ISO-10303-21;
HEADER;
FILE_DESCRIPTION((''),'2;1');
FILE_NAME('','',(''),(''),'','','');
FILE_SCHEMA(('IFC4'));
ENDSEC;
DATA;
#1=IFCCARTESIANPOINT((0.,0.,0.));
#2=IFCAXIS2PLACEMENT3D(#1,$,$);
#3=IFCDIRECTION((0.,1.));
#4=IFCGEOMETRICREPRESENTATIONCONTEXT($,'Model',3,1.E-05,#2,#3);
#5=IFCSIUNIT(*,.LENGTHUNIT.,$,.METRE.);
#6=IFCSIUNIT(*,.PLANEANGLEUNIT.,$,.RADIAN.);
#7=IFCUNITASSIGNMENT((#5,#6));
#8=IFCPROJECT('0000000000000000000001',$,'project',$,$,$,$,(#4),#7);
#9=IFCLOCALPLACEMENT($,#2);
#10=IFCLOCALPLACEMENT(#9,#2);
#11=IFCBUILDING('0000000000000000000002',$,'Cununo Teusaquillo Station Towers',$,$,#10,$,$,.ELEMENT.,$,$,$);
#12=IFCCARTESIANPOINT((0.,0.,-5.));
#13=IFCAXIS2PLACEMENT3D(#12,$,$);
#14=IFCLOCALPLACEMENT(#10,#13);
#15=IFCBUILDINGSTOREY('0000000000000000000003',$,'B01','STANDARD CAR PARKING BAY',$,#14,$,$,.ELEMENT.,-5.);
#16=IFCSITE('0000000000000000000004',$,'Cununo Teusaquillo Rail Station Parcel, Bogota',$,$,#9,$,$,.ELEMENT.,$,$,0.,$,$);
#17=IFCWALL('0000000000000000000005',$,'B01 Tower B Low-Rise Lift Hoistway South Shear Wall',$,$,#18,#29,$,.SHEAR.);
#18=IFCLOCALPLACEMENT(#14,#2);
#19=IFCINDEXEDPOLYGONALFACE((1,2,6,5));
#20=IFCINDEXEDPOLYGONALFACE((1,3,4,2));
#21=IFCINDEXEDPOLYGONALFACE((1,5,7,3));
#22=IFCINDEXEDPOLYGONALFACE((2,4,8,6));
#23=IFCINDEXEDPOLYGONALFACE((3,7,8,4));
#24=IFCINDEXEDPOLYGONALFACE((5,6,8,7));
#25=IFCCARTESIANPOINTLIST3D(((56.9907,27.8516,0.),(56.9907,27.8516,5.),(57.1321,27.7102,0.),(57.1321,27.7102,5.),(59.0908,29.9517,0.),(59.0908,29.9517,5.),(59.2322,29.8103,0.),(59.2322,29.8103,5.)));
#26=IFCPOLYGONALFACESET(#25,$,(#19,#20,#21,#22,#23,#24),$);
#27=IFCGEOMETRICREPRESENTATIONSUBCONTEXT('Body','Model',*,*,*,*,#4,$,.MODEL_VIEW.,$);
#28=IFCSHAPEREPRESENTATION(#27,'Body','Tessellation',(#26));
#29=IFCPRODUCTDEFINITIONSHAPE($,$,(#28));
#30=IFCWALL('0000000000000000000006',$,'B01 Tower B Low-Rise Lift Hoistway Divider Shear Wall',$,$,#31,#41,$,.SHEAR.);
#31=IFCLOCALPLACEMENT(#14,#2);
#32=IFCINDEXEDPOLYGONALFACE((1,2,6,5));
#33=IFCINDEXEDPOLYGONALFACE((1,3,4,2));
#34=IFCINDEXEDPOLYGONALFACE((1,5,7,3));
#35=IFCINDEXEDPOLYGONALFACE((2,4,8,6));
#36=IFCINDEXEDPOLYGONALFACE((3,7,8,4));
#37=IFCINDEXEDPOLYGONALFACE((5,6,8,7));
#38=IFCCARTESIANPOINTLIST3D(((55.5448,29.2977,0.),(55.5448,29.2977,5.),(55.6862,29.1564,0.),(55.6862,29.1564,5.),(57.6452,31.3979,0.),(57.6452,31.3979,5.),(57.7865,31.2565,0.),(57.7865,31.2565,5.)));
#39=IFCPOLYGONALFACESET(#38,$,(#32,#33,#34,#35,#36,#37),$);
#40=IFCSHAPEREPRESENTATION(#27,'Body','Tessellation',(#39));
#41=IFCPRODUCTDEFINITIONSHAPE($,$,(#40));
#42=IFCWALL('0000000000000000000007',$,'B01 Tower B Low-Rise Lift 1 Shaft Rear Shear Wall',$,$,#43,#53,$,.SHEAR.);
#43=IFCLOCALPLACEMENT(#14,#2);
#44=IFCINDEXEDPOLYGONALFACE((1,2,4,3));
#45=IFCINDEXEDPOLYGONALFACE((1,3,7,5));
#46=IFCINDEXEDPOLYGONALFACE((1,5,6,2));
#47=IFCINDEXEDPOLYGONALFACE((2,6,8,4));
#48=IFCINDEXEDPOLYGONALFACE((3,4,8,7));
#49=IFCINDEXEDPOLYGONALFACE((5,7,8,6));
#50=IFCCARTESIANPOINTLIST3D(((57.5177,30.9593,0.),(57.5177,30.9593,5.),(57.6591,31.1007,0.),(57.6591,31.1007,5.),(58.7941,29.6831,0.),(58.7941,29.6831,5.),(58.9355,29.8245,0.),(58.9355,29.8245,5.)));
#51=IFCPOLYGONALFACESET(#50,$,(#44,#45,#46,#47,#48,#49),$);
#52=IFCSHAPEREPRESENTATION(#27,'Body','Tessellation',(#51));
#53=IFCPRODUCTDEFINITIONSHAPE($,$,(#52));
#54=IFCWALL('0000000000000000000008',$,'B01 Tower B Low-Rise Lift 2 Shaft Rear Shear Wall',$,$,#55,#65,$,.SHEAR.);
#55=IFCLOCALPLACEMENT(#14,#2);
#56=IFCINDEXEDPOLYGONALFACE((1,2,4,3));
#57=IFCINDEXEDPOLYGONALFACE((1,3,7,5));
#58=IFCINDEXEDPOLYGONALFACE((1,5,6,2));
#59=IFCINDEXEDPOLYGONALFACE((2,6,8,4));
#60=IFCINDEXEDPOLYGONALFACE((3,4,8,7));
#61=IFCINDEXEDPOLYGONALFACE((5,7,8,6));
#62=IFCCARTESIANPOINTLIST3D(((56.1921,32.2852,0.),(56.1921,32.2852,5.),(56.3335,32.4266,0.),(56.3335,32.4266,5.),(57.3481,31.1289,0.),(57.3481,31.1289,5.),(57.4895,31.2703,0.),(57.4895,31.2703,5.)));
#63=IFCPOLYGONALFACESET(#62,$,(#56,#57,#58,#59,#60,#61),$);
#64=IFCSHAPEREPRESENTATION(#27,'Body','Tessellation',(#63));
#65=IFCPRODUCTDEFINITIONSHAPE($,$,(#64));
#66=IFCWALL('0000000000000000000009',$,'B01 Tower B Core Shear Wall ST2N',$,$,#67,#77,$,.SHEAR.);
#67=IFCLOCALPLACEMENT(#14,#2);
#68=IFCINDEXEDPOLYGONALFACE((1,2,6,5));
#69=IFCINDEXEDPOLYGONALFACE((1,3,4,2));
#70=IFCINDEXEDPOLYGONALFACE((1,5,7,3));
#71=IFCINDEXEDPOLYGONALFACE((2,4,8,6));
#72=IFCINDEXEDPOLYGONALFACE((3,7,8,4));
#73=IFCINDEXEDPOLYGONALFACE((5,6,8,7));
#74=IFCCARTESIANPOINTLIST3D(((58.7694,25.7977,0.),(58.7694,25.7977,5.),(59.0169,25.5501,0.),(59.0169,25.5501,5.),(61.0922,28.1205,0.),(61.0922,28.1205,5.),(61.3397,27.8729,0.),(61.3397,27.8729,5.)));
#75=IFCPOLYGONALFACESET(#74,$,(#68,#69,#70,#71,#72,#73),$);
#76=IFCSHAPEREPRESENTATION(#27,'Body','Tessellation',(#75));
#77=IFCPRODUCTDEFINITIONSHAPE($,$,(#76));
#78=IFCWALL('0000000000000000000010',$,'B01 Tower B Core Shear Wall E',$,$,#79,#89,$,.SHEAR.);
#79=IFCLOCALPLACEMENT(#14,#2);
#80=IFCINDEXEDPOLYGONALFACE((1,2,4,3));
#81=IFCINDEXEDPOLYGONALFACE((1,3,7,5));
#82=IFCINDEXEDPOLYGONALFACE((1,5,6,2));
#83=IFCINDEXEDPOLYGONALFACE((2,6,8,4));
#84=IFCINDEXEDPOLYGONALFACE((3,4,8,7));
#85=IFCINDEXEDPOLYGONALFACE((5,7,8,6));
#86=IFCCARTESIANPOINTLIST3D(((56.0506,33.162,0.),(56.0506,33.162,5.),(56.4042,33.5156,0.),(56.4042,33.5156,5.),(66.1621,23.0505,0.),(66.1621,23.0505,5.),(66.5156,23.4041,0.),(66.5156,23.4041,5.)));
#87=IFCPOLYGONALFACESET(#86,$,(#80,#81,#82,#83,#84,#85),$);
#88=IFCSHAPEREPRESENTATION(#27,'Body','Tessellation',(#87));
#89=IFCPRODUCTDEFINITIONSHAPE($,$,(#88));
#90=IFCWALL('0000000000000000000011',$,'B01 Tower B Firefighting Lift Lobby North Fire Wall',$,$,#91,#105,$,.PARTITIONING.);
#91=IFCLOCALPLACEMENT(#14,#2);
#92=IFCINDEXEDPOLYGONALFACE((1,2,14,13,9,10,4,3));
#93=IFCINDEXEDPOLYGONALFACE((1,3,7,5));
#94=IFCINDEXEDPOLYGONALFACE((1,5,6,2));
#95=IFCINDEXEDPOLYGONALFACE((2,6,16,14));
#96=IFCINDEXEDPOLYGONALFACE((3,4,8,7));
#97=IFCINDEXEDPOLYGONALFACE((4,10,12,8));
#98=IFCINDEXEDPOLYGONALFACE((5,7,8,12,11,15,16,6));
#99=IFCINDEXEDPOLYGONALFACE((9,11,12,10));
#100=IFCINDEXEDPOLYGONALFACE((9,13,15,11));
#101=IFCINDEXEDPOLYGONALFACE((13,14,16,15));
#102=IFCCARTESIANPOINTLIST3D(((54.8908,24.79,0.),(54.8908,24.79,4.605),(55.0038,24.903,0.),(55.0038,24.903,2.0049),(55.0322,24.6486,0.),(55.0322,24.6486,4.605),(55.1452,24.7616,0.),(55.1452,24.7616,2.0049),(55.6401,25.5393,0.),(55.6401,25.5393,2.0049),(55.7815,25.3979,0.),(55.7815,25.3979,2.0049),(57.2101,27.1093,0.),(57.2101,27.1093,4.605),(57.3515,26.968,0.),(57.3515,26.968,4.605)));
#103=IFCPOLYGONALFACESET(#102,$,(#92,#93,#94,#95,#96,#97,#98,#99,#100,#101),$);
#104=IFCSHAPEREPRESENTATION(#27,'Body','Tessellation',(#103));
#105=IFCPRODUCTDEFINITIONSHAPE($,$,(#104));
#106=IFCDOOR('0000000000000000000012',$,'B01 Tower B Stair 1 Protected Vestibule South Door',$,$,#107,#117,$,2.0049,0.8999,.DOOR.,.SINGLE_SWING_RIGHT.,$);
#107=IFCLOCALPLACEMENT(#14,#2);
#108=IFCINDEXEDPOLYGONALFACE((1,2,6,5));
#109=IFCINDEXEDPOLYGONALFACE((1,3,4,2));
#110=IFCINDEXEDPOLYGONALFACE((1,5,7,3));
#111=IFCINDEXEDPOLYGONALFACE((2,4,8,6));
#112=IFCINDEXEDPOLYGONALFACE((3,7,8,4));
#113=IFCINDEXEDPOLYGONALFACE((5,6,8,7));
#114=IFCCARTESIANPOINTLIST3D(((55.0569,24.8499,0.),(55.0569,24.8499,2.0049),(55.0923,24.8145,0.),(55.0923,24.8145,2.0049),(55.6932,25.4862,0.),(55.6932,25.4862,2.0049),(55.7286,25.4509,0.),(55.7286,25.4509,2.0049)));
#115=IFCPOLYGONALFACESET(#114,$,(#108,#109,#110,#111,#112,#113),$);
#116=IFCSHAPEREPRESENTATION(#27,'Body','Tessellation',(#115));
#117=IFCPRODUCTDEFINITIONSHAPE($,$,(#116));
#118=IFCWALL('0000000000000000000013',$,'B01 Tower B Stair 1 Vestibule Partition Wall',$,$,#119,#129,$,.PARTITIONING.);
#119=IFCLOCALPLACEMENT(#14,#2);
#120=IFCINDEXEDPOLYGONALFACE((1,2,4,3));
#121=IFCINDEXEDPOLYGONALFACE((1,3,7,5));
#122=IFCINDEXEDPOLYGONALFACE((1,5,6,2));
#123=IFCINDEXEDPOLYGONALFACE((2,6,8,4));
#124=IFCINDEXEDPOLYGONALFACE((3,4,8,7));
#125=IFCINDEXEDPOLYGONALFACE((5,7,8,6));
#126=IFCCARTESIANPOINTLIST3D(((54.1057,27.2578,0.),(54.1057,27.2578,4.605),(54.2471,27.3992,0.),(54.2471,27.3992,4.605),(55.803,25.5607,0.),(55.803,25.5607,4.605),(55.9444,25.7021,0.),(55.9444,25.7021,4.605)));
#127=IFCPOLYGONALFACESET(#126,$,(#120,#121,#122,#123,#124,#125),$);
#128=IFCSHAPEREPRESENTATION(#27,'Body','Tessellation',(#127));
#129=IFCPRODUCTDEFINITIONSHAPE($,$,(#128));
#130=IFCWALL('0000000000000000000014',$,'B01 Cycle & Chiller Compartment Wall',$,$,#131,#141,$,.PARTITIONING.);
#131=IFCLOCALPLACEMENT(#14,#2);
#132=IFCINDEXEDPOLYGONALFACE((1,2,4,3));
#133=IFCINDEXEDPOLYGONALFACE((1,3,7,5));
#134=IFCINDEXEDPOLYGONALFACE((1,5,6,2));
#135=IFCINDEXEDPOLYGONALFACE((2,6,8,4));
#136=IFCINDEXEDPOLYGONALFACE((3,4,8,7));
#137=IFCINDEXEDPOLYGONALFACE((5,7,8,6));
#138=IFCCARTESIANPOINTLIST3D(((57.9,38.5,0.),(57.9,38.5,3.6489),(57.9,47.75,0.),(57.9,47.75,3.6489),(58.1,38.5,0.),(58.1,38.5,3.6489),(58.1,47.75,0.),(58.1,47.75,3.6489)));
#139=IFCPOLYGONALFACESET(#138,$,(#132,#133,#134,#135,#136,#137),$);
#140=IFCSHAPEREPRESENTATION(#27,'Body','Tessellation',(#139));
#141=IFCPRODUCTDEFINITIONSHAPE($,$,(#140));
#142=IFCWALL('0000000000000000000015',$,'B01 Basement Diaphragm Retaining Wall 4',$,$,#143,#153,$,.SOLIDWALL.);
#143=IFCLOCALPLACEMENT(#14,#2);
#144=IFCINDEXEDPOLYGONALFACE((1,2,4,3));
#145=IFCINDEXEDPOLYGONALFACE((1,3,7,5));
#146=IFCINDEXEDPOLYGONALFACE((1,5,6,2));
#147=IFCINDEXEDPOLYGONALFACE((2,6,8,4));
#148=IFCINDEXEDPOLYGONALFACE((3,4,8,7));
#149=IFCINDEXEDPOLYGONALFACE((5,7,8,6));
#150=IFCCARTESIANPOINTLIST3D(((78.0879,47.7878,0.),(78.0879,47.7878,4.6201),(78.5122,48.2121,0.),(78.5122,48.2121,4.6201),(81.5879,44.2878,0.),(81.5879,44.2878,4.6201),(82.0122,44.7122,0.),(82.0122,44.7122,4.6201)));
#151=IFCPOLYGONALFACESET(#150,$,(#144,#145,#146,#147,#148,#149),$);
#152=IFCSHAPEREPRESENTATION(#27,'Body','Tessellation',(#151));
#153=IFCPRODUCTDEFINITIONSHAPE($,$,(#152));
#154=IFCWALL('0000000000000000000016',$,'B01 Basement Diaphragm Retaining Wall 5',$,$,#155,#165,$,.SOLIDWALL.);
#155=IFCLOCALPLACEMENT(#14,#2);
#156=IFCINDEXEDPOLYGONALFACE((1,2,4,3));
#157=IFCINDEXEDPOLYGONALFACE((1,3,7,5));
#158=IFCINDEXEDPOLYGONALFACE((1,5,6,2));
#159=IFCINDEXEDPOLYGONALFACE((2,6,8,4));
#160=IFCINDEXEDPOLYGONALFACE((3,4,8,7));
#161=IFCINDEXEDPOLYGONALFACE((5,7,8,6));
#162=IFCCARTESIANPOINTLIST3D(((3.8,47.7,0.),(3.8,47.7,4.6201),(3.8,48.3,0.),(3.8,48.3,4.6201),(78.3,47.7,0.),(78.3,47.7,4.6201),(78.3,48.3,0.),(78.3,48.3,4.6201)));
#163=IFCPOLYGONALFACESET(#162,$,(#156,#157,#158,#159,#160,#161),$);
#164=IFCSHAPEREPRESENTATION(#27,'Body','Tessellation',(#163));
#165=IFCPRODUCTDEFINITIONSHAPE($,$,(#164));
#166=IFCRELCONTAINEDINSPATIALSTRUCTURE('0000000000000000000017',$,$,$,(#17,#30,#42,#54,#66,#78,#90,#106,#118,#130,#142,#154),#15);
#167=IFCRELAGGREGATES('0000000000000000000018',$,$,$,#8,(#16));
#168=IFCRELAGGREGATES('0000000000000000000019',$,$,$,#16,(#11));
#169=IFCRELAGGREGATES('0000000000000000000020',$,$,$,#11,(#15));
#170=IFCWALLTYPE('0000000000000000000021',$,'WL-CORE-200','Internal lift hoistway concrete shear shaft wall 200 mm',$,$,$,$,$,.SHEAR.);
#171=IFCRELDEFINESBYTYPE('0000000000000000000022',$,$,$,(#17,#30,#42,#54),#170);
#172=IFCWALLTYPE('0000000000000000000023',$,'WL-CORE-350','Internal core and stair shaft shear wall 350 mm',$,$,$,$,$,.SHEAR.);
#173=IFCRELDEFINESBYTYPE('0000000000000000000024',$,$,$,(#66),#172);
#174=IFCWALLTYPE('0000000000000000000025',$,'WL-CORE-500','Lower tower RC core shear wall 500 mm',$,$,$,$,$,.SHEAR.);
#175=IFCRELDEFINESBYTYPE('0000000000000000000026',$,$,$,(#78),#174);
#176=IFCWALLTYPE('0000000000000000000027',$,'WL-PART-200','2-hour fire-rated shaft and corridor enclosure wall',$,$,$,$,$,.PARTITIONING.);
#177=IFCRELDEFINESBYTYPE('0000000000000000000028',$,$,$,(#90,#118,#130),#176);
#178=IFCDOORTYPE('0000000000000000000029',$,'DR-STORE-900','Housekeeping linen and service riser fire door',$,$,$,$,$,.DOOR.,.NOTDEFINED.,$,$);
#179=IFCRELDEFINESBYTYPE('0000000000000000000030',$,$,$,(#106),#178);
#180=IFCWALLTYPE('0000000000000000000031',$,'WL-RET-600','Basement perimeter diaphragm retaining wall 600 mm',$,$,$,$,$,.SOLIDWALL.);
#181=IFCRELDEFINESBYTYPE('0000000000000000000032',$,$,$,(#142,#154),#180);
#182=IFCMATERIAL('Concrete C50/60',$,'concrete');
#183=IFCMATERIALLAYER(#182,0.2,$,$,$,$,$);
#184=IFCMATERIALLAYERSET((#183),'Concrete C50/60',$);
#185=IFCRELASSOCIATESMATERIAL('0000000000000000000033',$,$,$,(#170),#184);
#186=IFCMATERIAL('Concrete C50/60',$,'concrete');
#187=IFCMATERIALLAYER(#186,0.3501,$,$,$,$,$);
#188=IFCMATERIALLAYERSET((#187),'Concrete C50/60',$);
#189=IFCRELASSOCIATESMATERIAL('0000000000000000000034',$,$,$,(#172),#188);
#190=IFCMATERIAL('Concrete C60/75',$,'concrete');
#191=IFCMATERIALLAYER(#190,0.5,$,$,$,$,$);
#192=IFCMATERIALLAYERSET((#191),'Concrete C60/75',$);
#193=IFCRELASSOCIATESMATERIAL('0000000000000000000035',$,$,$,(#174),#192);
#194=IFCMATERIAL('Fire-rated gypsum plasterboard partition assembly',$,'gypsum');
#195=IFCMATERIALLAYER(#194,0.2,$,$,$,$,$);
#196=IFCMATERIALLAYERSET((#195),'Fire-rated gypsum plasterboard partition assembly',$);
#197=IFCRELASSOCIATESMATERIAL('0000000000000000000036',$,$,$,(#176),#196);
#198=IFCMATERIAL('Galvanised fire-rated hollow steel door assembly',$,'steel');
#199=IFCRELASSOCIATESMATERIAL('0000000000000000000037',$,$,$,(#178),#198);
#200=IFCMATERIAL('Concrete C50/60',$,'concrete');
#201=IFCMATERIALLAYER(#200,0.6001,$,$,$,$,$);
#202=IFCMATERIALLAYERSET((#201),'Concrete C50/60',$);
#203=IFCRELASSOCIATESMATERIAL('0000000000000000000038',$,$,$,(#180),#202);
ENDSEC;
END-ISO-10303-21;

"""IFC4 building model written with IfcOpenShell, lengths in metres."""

from ifc_helpers import new_model, si_unit, direction, frame, frame_2d, origin, place, context, subcontext, project, spatial, rectangle, extrude, source, transform, mapped, material, layer, layer_set, type_object, element, fill, save


model = new_model("IFC4")

# Units and contexts
model_context = context("Model", 3, precision=1e-05, world=origin(), true_north=direction((0.0, 1.0)))
body_context = subcontext(model_context, "Body", "Model", "MODEL_VIEW")
ifc_project = project(units=[si_unit("LENGTHUNIT", "METRE"), si_unit("PLANEANGLEUNIT", "RADIAN")], contexts=[model_context])

# Site, building, storey
site_placement = place(None, origin())
site = spatial("IfcSite", under=ifc_project, at=site_placement, Name="Cununo Teusaquillo Rail Station Parcel, Bogota", CompositionType="ELEMENT", RefElevation=0.0)
building_placement = place(site_placement, origin())
building = spatial("IfcBuilding", under=site, at=building_placement, Name="Cununo Teusaquillo Station Towers", CompositionType="ELEMENT")
storey_placement = place(building_placement, frame((0.0, 0.0, -5.0)))
storey = spatial("IfcBuildingStorey", under=building, at=storey_placement, Name="B01", Description="STANDARD CAR PARKING BAY", CompositionType="ELEMENT", Elevation=-5.0)

# Walls
ifc_material_1 = material(Name="Concrete C50/60", Category="concrete")
ifc_layer_1 = layer(ifc_material_1, 0.2)
ifc_layer_set_1 = layer_set([ifc_layer_1], Name="Concrete C50/60")
wall_type_1 = type_object("IfcWallType", Name="WL-CORE-200", Description="Internal lift hoistway concrete shear shaft wall 200 mm", PredefinedType="SHEAR", material=ifc_layer_set_1)
wall_1_placement = place(storey_placement, frame((57.0615, 27.781, 0.0), z_axis=(0.0, 0.0, 1.0), x_axis=(0.707107, 0.707107, 0.0)))
element("IfcWall", 1, at=wall_1_placement, inside=storey, type_object=wall_type_1, Name="B01 Tower B Low-Rise Lift Hoistway South Shear Wall", PredefinedType="SHEAR", context=body_context, shape_type="SweptSolid", body=[
    extrude(rectangle(XDim=2.97, YDim=0.2, at=frame_2d((1.4849, 0.0))), origin(), (0.0, 0.0, 1.0), 5.0),
])
wall_2_placement = place(storey_placement, frame((55.6155, 29.2271, 0.0), z_axis=(0.0, 0.0, 1.0), x_axis=(0.707148, 0.707066, 0.0)))
element("IfcWall", 2, at=wall_2_placement, inside=storey, type_object=wall_type_1, Name="B01 Tower B Low-Rise Lift Hoistway Divider Shear Wall", PredefinedType="SHEAR", context=body_context, shape_type="SweptSolid", body=[
    extrude(rectangle(XDim=2.9702, YDim=0.2, at=frame_2d((1.4851, 0.0))), origin(), (0.0, 0.0, 1.0), 5.0),
])
wall_3_placement = place(storey_placement, frame((58.8647, 29.7539, 0.0), z_axis=(0.0, 0.0, 1.0), x_axis=(-0.707174, 0.707039, 0.0)))
element("IfcWall", 3, at=wall_3_placement, inside=storey, type_object=wall_type_1, Name="B01 Tower B Low-Rise Lift 1 Shaft Rear Shear Wall", PredefinedType="SHEAR", context=body_context, shape_type="SweptSolid", body=[
    extrude(rectangle(XDim=1.8049, YDim=0.2, at=frame_2d((0.9023, 0.0))), origin(), (0.0, 0.0, 1.0), 5.0),
])
wall_4_placement = place(storey_placement, frame((57.4187, 31.1997, 0.0), z_axis=(0.0, 0.0, 1.0), x_axis=(-0.707032, 0.707181, 0.0)))
element("IfcWall", 4, at=wall_4_placement, inside=storey, type_object=wall_type_1, Name="B01 Tower B Low-Rise Lift 2 Shaft Rear Shear Wall", PredefinedType="SHEAR", context=body_context, shape_type="SweptSolid", body=[
    extrude(rectangle(XDim=1.635, YDim=0.2, at=frame_2d((0.8174, 0.0))), origin(), (0.0, 0.0, 1.0), 5.0),
])
ifc_material_2 = material(Name="Concrete C50/60", Category="concrete")
ifc_layer_2 = layer(ifc_material_2, 0.3501)
ifc_layer_set_2 = layer_set([ifc_layer_2], Name="Concrete C50/60")
wall_type_2 = type_object("IfcWallType", Name="WL-CORE-350", Description="Internal core and stair shaft shear wall 350 mm", PredefinedType="SHEAR", material=ifc_layer_set_2)
wall_5_placement = place(storey_placement, frame((58.8931, 25.6738, 0.0), z_axis=(0.0, 0.0, 1.0), x_axis=(0.707107, 0.707107, 0.0)))
element("IfcWall", 5, at=wall_5_placement, inside=storey, type_object=wall_type_2, Name="B01 Tower B Core Shear Wall ST2N", PredefinedType="SHEAR", context=body_context, shape_type="SweptSolid", body=[
    extrude(rectangle(XDim=3.2849, YDim=0.3501, at=frame_2d((1.6426, 0.0))), origin(), (0.0, 0.0, 1.0), 5.0),
])
ifc_material_3 = material(Name="Concrete C60/75", Category="concrete")
ifc_layer_3 = layer(ifc_material_3, 0.5)
ifc_layer_set_3 = layer_set([ifc_layer_3], Name="Concrete C60/75")
wall_type_3 = type_object("IfcWallType", Name="WL-CORE-500", Description="Lower tower RC core shear wall 500 mm", PredefinedType="SHEAR", material=ifc_layer_set_3)
wall_6_placement = place(storey_placement, frame((66.3389, 23.2273, 0.0), z_axis=(0.0, 0.0, 1.0), x_axis=(-0.707107, 0.707107, 0.0)))
element("IfcWall", 6, at=wall_6_placement, inside=storey, type_object=wall_type_3, Name="B01 Tower B Core Shear Wall E", PredefinedType="SHEAR", context=body_context, shape_type="SweptSolid", body=[
    extrude(rectangle(XDim=14.2998, YDim=0.5, at=frame_2d((7.1499, 0.0))), origin(), (0.0, 0.0, 1.0), 5.0),
])

# Wall, opening, door
ifc_material_4 = material(Name="Fire-rated gypsum plasterboard partition assembly", Category="gypsum")
ifc_layer_4 = layer(ifc_material_4, 0.2)
ifc_layer_set_4 = layer_set([ifc_layer_4], Name="Fire-rated gypsum plasterboard partition assembly")
wall_type_4 = type_object("IfcWallType", Name="WL-PART-200", Description="2-hour fire-rated shaft and corridor enclosure wall", PredefinedType="PARTITIONING", material=ifc_layer_set_4)
wall_7_placement = place(storey_placement, frame((54.9614, 24.7192, 0.0), z_axis=(0.0, 0.0, 1.0), x_axis=(0.707107, 0.707107, 0.0)))
wall_7 = element("IfcWall", 7, at=wall_7_placement, inside=storey, type_object=wall_type_4, Name="B01 Tower B Firefighting Lift Lobby North Fire Wall", PredefinedType="PARTITIONING", context=body_context, shape_type="SweptSolid", body=[
    extrude(rectangle(XDim=3.28, YDim=0.2, at=frame_2d((1.6401, 0.0))), origin(), (0.0, 0.0, 1.0), 4.605),
])
shared_shape_1 = source(origin(), body_context, "Body", "SweptSolid", [
    extrude(rectangle(XDim=0.8999, YDim=2.0049, at=frame_2d((0.45, 1.0024))), frame((0.0, 0.1099, 0.0), z_axis=(0.0, -1.0, 0.0), x_axis=(1.0, 0.0, 0.0)), (0.0, 0.0, 1.0), 0.22),
])
opening_placement = place(wall_7_placement, frame((0.1599, 0.0, 0.0)))
opening = element("IfcOpeningElement", 8, at=opening_placement, cuts=wall_7, PredefinedType="OPENING", context=body_context, shape_type="MappedRepresentation", body=[
    mapped(shared_shape_1, transform((0.0, 0.0, 0.0), x_axis=(1.0, 0.0, 0.0), y_axis=(0.0, 1.0, 0.0), z_axis=(0.0, 0.0, 1.0), scale=1.0)),
])
ifc_material_5 = material(Name="Galvanised fire-rated hollow steel door assembly", Category="steel")
door_type = type_object("IfcDoorType", Name="DR-STORE-900", Description="Housekeeping linen and service riser fire door", OperationType="NOTDEFINED", PredefinedType="DOOR", material=ifc_material_5)
shared_shape_2 = source(origin(), body_context, "Body", "SweptSolid", [
    extrude(rectangle(XDim=0.8999, YDim=2.0049, at=frame_2d((0.45, 1.0024))), frame((0.0, 0.0249, 0.0), z_axis=(0.0, -1.0, 0.0), x_axis=(1.0, 0.0, 0.0)), (0.0, 0.0, 1.0), 0.05),
])
door_placement = place(opening_placement, origin())
door = element("IfcDoor", 9, at=door_placement, inside=storey, type_object=door_type, Name="B01 Tower B Stair 1 Protected Vestibule South Door", OperationType="SINGLE_SWING_RIGHT", OverallHeight=2.0049, OverallWidth=0.8999, PredefinedType="DOOR", context=body_context, shape_type="MappedRepresentation", body=[
    mapped(shared_shape_2, transform((0.0, 0.0, 0.0), x_axis=(1.0, 0.0, 0.0), y_axis=(0.0, 1.0, 0.0), z_axis=(0.0, 0.0, 1.0), scale=1.0)),
])
fill(opening, door)

# Walls
wall_8_placement = place(storey_placement, frame((55.8738, 25.6313, 0.0), z_axis=(0.0, 0.0, 1.0), x_axis=(-0.707158, 0.707056, 0.0)))
element("IfcWall", 10, at=wall_8_placement, inside=storey, type_object=wall_type_4, Name="B01 Tower B Stair 1 Vestibule Partition Wall", PredefinedType="PARTITIONING", context=body_context, shape_type="SweptSolid", body=[
    extrude(rectangle(XDim=2.4001, YDim=0.2, at=frame_2d((1.2002, 0.0))), origin(), (0.0, 0.0, 1.0), 4.605),
])
wall_9_placement = place(storey_placement, frame((58.0, 38.5, 0.0), z_axis=(0.0, 0.0, 1.0), x_axis=(0.0, 1.0, 0.0)))
element("IfcWall", 11, at=wall_9_placement, inside=storey, type_object=wall_type_4, Name="B01 Cycle & Chiller Compartment Wall", PredefinedType="PARTITIONING", context=body_context, shape_type="SweptSolid", body=[
    extrude(rectangle(XDim=9.25, YDim=0.2, at=frame_2d((4.625, 0.0))), origin(), (0.0, 0.0, 1.0), 3.6489),
])
ifc_material_6 = material(Name="Concrete C50/60", Category="concrete")
ifc_layer_5 = layer(ifc_material_6, 0.6001)
ifc_layer_set_5 = layer_set([ifc_layer_5], Name="Concrete C50/60")
wall_type_5 = type_object("IfcWallType", Name="WL-RET-600", Description="Basement perimeter diaphragm retaining wall 600 mm", PredefinedType="SOLIDWALL", material=ifc_layer_set_5)
wall_10_placement = place(storey_placement, frame((81.8, 44.5, 0.0), z_axis=(0.0, 0.0, 1.0), x_axis=(-0.707107, 0.707107, 0.0)))
element("IfcWall", 12, at=wall_10_placement, inside=storey, type_object=wall_type_5, Name="B01 Basement Diaphragm Retaining Wall 4", PredefinedType="SOLIDWALL", context=body_context, shape_type="SweptSolid", body=[
    extrude(rectangle(XDim=4.9497, YDim=0.6001, at=frame_2d((2.4749, 0.0))), origin(), (0.0, 0.0, 1.0), 4.6201),
])
wall_11_placement = place(storey_placement, frame((78.3, 48.0, 0.0), z_axis=(0.0, 0.0, 1.0), x_axis=(-1.0, 0.0, 0.0)))
element("IfcWall", 13, at=wall_11_placement, inside=storey, type_object=wall_type_5, Name="B01 Basement Diaphragm Retaining Wall 5", PredefinedType="SOLIDWALL", context=body_context, shape_type="SweptSolid", body=[
    extrude(rectangle(XDim=74.5, YDim=0.6001, at=frame_2d((37.25, 0.0))), origin(), (0.0, 0.0, 1.0), 4.6201),
])

save(model, "model.ifc")
